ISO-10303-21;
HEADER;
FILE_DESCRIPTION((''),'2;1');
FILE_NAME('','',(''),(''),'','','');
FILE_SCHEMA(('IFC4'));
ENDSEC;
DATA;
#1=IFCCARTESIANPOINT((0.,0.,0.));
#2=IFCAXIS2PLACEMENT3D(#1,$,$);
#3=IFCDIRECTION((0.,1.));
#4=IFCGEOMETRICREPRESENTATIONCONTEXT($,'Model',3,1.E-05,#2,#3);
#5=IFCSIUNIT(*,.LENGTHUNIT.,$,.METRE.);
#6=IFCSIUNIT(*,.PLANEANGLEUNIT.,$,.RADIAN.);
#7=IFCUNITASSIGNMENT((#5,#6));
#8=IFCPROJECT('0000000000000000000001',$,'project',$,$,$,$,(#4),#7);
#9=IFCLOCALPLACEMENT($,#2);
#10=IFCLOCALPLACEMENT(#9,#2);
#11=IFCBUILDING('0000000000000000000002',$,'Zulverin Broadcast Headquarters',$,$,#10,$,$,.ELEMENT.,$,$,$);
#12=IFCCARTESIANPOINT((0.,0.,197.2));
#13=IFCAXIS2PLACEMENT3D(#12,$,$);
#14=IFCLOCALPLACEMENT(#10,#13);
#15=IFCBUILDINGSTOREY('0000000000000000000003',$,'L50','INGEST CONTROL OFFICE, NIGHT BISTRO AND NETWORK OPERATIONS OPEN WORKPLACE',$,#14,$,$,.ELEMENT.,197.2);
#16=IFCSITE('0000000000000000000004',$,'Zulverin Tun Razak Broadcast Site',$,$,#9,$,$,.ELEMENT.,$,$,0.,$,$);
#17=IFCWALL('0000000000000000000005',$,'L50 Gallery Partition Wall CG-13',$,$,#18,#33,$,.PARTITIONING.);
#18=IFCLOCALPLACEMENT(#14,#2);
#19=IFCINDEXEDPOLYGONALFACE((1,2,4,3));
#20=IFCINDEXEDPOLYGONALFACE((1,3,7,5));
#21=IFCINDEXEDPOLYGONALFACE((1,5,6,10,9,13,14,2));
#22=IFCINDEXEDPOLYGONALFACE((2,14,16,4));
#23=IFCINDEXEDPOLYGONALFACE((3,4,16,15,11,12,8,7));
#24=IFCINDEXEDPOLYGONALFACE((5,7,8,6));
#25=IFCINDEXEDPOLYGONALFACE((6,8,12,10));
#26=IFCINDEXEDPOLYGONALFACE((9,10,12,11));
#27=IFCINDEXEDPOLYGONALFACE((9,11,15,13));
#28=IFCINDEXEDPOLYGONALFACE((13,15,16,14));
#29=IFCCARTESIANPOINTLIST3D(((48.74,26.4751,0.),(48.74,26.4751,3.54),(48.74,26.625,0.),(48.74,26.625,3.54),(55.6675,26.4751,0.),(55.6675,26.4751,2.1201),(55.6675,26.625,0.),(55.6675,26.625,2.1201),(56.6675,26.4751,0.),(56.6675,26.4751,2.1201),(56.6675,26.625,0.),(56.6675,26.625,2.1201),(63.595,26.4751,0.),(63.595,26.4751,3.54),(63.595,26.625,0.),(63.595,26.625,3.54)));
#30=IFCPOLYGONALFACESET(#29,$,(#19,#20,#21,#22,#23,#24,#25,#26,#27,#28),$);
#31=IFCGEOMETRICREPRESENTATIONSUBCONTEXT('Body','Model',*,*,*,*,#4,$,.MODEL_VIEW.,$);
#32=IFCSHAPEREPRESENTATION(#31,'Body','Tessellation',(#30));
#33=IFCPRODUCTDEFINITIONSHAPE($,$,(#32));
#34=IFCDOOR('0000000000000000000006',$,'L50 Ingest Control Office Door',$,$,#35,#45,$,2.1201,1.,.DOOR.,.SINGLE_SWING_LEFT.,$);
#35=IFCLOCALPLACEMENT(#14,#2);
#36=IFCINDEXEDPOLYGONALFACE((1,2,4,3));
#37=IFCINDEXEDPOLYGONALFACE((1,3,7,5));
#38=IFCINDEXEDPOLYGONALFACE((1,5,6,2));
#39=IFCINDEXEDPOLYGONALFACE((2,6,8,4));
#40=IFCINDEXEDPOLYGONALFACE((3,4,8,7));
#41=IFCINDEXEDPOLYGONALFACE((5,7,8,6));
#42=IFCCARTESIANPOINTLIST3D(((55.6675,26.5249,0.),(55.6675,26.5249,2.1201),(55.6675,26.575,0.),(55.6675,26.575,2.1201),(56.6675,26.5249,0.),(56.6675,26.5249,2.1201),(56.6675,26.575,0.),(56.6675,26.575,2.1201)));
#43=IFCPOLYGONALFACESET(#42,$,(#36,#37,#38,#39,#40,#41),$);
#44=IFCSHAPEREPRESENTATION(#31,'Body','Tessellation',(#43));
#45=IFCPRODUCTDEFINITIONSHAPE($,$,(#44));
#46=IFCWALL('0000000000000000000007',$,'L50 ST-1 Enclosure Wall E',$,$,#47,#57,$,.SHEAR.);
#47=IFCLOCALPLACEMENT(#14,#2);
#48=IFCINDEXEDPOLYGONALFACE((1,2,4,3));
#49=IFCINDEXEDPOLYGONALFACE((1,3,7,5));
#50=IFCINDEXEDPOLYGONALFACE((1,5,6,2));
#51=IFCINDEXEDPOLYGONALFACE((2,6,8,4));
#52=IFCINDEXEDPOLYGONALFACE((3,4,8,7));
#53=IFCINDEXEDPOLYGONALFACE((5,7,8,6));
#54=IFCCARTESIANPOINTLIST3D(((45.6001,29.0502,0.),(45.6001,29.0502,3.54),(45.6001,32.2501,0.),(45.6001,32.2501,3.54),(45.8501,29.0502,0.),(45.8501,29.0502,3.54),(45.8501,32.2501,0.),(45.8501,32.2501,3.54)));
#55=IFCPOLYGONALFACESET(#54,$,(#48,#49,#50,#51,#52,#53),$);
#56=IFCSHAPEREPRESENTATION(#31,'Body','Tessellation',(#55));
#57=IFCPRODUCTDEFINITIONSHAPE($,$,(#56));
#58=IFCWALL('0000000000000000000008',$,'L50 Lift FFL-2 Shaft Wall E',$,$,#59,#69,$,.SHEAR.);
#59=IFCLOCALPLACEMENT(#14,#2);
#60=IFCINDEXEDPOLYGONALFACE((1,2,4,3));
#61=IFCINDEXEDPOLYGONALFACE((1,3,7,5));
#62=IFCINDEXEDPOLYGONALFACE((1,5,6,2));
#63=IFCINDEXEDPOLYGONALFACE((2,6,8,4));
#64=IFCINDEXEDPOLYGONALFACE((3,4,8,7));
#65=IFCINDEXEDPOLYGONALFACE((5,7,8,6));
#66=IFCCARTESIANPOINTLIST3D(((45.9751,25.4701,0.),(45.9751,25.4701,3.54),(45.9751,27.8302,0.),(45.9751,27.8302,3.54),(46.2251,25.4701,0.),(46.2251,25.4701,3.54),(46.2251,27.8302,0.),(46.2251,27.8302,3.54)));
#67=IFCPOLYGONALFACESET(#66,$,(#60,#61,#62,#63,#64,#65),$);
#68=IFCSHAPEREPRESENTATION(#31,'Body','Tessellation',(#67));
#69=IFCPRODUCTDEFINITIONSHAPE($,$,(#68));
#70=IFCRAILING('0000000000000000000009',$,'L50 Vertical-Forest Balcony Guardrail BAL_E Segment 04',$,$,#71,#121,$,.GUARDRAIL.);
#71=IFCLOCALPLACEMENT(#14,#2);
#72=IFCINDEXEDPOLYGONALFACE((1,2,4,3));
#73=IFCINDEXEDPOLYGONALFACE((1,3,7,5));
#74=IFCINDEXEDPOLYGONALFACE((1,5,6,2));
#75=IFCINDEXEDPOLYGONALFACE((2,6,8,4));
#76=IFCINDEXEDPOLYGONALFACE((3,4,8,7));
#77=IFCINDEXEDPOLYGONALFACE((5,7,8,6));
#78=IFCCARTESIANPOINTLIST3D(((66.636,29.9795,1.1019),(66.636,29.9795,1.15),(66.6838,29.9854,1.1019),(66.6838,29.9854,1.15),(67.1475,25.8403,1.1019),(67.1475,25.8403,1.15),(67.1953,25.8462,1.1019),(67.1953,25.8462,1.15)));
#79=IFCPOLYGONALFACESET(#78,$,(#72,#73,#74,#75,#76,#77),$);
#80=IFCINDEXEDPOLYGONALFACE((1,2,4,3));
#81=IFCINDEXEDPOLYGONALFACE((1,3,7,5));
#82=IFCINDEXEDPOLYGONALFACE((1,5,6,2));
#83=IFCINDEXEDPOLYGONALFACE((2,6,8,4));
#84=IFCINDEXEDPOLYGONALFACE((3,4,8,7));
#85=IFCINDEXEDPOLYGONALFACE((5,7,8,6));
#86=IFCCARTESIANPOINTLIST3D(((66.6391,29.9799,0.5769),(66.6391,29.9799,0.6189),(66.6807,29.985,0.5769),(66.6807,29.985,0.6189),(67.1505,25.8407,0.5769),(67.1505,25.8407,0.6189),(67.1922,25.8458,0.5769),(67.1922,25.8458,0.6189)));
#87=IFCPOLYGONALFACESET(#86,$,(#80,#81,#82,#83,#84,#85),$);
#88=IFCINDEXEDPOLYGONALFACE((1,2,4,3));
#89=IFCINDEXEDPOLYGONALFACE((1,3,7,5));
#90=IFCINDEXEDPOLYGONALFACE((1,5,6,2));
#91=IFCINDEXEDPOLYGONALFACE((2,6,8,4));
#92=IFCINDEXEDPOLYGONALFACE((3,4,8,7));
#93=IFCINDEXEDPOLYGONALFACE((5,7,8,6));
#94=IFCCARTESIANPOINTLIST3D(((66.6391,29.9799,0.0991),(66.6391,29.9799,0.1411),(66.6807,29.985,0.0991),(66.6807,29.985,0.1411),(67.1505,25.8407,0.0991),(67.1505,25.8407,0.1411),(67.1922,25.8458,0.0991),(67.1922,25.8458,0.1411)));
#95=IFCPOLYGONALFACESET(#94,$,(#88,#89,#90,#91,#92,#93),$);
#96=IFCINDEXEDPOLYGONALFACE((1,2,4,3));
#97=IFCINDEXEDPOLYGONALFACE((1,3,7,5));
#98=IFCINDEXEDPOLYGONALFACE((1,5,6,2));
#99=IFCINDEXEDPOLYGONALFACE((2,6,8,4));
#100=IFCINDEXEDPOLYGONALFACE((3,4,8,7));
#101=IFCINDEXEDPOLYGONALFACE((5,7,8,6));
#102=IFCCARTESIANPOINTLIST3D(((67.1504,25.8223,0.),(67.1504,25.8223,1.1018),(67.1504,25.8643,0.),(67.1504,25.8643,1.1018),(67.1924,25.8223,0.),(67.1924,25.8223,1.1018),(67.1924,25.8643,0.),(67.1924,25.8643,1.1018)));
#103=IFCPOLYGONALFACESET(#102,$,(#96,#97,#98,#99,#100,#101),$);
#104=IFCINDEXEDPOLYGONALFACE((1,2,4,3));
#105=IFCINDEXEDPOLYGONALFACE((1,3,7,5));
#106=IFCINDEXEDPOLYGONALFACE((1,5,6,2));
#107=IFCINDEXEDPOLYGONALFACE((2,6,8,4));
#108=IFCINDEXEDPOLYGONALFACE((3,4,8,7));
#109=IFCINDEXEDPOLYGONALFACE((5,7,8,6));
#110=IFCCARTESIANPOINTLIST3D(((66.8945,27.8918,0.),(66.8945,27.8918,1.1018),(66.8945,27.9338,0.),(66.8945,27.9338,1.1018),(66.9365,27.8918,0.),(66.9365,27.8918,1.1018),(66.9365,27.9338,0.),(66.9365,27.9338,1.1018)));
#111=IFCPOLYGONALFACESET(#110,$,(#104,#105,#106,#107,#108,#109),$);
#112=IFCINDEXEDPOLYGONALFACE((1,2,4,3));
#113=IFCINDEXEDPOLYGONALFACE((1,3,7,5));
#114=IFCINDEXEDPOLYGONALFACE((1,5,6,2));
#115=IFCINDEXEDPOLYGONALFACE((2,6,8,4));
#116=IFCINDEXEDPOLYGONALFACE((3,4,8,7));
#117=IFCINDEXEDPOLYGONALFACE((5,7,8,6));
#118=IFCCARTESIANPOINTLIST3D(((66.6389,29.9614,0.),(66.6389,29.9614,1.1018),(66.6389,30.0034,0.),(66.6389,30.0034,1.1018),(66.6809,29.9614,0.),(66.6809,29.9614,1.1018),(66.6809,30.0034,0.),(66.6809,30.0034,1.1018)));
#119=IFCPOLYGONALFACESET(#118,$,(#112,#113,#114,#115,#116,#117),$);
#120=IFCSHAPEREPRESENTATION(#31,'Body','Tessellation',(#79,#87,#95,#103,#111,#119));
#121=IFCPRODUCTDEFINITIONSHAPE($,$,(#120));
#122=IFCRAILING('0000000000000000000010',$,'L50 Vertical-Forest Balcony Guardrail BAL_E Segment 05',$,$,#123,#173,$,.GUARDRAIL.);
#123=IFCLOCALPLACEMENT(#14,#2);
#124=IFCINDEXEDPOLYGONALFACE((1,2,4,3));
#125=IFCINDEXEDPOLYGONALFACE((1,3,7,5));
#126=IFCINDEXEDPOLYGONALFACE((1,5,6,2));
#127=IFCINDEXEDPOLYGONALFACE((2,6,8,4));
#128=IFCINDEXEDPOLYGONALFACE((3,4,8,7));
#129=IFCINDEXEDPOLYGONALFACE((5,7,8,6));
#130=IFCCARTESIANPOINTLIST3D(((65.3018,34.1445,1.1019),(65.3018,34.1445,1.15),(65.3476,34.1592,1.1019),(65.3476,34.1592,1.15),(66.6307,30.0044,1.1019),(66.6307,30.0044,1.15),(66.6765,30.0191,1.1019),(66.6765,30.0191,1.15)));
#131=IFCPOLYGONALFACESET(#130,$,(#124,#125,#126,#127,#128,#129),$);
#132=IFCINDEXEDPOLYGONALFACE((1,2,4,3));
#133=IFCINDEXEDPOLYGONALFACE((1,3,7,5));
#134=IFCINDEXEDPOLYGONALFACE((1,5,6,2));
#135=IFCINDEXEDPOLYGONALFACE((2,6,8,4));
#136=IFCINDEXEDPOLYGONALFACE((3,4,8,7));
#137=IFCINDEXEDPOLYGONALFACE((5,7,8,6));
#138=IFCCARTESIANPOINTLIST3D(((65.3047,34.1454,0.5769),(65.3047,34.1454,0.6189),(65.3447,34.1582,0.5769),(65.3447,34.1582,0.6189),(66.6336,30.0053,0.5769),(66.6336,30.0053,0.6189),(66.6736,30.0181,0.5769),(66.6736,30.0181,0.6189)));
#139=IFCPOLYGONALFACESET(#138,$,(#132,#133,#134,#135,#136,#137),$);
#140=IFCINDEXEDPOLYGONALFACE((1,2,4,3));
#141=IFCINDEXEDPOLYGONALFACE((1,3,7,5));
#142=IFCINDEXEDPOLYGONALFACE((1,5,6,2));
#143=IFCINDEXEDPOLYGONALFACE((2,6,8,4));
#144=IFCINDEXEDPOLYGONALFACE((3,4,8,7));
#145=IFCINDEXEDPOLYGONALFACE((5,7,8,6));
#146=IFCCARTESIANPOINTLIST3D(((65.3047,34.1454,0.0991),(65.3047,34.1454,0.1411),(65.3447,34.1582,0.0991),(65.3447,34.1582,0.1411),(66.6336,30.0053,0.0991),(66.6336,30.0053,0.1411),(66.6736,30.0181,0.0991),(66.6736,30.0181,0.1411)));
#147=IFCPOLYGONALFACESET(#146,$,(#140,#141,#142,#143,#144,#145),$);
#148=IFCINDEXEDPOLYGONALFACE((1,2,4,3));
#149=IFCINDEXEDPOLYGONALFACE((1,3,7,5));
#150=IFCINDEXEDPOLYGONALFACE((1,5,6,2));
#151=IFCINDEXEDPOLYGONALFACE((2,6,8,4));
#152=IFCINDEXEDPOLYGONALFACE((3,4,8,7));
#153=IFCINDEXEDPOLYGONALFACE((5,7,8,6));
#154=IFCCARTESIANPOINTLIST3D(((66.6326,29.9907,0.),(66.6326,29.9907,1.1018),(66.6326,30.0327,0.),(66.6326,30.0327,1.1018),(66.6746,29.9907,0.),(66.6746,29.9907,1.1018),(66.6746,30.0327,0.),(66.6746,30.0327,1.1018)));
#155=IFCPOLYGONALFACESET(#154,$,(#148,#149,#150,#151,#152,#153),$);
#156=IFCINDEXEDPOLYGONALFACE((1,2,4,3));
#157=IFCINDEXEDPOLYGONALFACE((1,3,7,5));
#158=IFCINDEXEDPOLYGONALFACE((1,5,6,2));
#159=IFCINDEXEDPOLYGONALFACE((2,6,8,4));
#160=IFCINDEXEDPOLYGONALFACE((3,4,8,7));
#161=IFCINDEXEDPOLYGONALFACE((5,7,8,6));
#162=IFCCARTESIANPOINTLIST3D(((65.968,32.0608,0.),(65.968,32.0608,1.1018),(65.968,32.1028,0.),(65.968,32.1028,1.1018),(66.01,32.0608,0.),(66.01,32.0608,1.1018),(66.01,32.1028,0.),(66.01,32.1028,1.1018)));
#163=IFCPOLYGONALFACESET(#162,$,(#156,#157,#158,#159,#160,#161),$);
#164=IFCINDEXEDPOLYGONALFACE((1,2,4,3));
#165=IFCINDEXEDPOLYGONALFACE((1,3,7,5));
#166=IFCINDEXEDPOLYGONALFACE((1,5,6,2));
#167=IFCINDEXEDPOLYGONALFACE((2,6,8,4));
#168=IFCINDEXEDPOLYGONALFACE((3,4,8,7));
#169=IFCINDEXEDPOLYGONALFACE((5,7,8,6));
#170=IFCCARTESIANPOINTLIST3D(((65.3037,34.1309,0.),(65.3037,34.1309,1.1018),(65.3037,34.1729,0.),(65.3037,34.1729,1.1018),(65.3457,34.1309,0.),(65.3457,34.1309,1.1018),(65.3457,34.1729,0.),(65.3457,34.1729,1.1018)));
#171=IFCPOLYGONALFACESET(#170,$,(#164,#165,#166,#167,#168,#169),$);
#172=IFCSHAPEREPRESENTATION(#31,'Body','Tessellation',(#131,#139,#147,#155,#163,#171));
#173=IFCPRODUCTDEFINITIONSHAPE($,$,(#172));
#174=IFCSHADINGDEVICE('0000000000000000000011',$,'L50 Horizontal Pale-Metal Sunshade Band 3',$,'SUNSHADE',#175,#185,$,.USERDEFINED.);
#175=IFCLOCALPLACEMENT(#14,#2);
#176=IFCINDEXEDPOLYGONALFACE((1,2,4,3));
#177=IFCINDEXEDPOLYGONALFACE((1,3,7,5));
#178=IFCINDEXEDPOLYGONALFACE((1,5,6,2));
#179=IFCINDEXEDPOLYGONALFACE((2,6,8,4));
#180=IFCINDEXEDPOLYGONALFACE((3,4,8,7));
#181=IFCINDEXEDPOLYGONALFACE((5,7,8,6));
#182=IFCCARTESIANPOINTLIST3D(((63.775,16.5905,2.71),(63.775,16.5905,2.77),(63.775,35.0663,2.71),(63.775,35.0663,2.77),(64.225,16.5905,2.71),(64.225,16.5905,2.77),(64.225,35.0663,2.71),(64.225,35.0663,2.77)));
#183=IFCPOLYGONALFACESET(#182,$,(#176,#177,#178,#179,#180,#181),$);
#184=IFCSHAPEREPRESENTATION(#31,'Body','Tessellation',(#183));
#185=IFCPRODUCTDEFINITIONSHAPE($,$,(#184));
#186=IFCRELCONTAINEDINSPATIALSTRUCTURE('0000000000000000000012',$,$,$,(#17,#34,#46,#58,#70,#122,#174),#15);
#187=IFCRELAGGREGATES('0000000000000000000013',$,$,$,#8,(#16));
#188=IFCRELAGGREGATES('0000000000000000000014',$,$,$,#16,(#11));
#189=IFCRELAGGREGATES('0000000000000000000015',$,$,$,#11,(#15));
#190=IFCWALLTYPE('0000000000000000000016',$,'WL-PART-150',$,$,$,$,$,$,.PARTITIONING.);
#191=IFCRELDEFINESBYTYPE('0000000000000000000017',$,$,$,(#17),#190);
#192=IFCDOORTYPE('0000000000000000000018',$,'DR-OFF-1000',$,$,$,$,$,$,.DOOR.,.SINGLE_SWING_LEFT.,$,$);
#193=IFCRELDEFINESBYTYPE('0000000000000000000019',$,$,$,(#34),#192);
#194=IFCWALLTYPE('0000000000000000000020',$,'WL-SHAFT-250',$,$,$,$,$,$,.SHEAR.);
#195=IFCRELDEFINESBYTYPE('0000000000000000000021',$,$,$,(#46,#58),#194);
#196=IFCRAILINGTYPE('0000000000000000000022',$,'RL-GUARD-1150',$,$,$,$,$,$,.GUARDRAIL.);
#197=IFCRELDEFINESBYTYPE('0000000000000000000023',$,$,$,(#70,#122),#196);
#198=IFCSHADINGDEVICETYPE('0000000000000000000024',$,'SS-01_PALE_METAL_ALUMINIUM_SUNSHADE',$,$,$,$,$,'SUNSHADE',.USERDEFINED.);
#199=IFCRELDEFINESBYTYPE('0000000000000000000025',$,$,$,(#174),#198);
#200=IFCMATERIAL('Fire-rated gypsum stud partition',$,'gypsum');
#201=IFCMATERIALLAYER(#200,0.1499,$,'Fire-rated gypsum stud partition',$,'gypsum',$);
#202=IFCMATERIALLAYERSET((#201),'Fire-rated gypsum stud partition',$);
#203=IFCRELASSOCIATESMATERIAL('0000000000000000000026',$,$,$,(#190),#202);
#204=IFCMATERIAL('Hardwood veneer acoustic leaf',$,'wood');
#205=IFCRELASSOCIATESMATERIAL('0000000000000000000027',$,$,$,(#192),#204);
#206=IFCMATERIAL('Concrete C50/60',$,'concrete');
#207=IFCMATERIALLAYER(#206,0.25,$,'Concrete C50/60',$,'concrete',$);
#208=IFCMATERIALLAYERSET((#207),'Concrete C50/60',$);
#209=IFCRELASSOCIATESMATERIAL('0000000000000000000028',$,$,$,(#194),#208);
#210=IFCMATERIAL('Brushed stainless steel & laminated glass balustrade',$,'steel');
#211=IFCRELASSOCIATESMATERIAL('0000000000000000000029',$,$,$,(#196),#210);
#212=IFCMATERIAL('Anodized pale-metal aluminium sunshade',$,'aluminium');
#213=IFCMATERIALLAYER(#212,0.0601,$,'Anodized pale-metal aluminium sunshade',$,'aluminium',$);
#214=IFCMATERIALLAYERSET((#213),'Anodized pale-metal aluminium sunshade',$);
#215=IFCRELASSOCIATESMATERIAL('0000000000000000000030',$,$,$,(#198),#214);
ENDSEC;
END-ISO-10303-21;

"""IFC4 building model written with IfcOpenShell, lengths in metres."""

from ifc_helpers import new_model, si_unit, direction, frame, frame_2d, origin, origin_2d, place, context, subcontext, project, spatial, rectangle, extrude, material, layer, layer_set, type_object, element, fill, save


model = new_model("IFC4")

# Units and contexts
model_context = context("Model", 3, precision=1e-05, world=origin(), true_north=direction((0.0, 1.0)))
body_context = subcontext(model_context, "Body", "Model", "MODEL_VIEW")
ifc_project = project(units=[si_unit("LENGTHUNIT", "METRE"), si_unit("PLANEANGLEUNIT", "RADIAN")], contexts=[model_context])

# Site, building, storey
site_placement = place(None, origin())
site = spatial("IfcSite", under=ifc_project, at=site_placement, Name="Zulverin Tun Razak Broadcast Site", CompositionType="ELEMENT", RefElevation=0.0)
building_placement = place(site_placement, origin())
building = spatial("IfcBuilding", under=site, at=building_placement, Name="Zulverin Broadcast Headquarters", CompositionType="ELEMENT")
storey_placement = place(building_placement, frame((0.0, 0.0, 197.2)))
storey = spatial("IfcBuildingStorey", under=building, at=storey_placement, Name="L50", Description="INGEST CONTROL OFFICE, NIGHT BISTRO AND NETWORK OPERATIONS OPEN WORKPLACE", CompositionType="ELEMENT", Elevation=197.2)

# Shared definitions
ifc_material_1 = material(Name="Concrete C50/60", Category="concrete")

# Wall, opening, door
ifc_material_2 = material(Name="Fire-rated gypsum stud partition", Category="gypsum")
ifc_layer_1 = layer(ifc_material_2, 0.1499, Name="Fire-rated gypsum stud partition", Category="gypsum")
ifc_layer_set_1 = layer_set([ifc_layer_1], Name="Fire-rated gypsum stud partition")
wall_type_1 = type_object("IfcWallType", Name="WL-PART-150", PredefinedType="PARTITIONING", material=ifc_layer_set_1)
wall_1_placement = place(storey_placement, frame((48.74, 26.55, 0.0), z_axis=(0.0, 0.0, 1.0), x_axis=(1.0, 0.0, 0.0)))
wall_1 = element("IfcWall", 1, at=wall_1_placement, inside=storey, type_object=wall_type_1, Name="L50 Gallery Partition Wall CG-13", PredefinedType="PARTITIONING", context=body_context, shape_type="SweptSolid", body=[
    extrude(rectangle(XDim=14.855, YDim=0.1499, at=frame_2d((7.4275, 0.0))), origin(), (0.0, 0.0, 1.0), 3.54),
])
opening_placement = place(wall_1_placement, frame((6.9275, 0.0, 0.0)))
opening = element("IfcOpeningElement", 2, at=opening_placement, cuts=wall_1, PredefinedType="OPENING", context=body_context, shape_type="SweptSolid", body=[
    extrude(rectangle(XDim=1.0, YDim=2.1201, at=frame_2d((0.5, 1.0601))), frame((0.0, 0.085, 0.0), z_axis=(0.0, -1.0, 0.0), x_axis=(1.0, 0.0, 0.0)), (0.0, 0.0, 1.0), 0.1699),
])
ifc_material_3 = material(Name="Hardwood veneer acoustic leaf", Category="wood")
door_type = type_object("IfcDoorType", Name="DR-OFF-1000", OperationType="SINGLE_SWING_LEFT", PredefinedType="DOOR", material=ifc_material_3)
door_placement = place(opening_placement, origin())
door = element("IfcDoor", 3, at=door_placement, inside=storey, type_object=door_type, Name="L50 Ingest Control Office Door", OperationType="SINGLE_SWING_LEFT", OverallHeight=2.1201, OverallWidth=1.0, PredefinedType="DOOR", context=body_context, shape_type="SweptSolid", body=[
    extrude(rectangle(XDim=1.0, YDim=2.1201, at=frame_2d((0.5, 1.0601))), frame((0.0, 0.0249, 0.0), z_axis=(0.0, -1.0, 0.0), x_axis=(1.0, 0.0, 0.0)), (0.0, 0.0, 1.0), 0.05),
])
fill(opening, door)

# Walls
ifc_layer_2 = layer(ifc_material_1, 0.25, Name="Concrete C50/60", Category="concrete")
ifc_layer_set_2 = layer_set([ifc_layer_2], Name="Concrete C50/60")
wall_type_2 = type_object("IfcWallType", Name="WL-SHAFT-250", PredefinedType="SHEAR", material=ifc_layer_set_2)
wall_2_placement = place(storey_placement, frame((45.7251, 29.05, 0.0), z_axis=(0.0, 0.0, 1.0), x_axis=(0.0, 1.0, 0.0)))
element("IfcWall", 4, at=wall_2_placement, inside=storey, type_object=wall_type_2, Name="L50 ST-1 Enclosure Wall E", PredefinedType="SHEAR", context=body_context, shape_type="SweptSolid", body=[
    extrude(rectangle(XDim=3.2, YDim=0.25, at=frame_2d((1.6001, 0.0))), origin(), (0.0, 0.0, 1.0), 3.54),
])
wall_3_placement = place(storey_placement, frame((46.1001, 25.47, 0.0), z_axis=(0.0, 0.0, 1.0), x_axis=(0.0, 1.0, 0.0)))
element("IfcWall", 5, at=wall_3_placement, inside=storey, type_object=wall_type_2, Name="L50 Lift FFL-2 Shaft Wall E", PredefinedType="SHEAR", context=body_context, shape_type="SweptSolid", body=[
    extrude(rectangle(XDim=2.3601, YDim=0.25, at=frame_2d((1.1802, 0.0))), origin(), (0.0, 0.0, 1.0), 3.54),
])

# Railings
ifc_material_4 = material(Name="Brushed stainless steel & laminated glass balustrade", Category="steel")
railing_type = type_object("IfcRailingType", Name="RL-GUARD-1150", PredefinedType="GUARDRAIL", material=ifc_material_4)
railing_1_placement = place(storey_placement, frame((67.1714, 25.8433, 0.0)))
element("IfcRailing", 6, at=railing_1_placement, inside=storey, type_object=railing_type, Name="L50 Vertical-Forest Balcony Guardrail BAL_E Segment 04", PredefinedType="GUARDRAIL", context=body_context, shape_type="SweptSolid", body=[
    extrude(rectangle(XDim=0.0481, YDim=0.0481, at=origin_2d()), frame((0.0, 0.0, 1.126), z_axis=(-0.122637, 0.992452, 0.0), x_axis=(-0.992452, -0.122637, 0.0)), (0.0, 0.0, 1.0), 4.1707),
    extrude(rectangle(XDim=0.042, YDim=0.042, at=origin_2d()), frame((0.0, 0.0, 0.5979), z_axis=(-0.122637, 0.992452, 0.0), x_axis=(-0.992452, -0.122637, 0.0)), (0.0, 0.0, 1.0), 4.1707),
    extrude(rectangle(XDim=0.042, YDim=0.042, at=origin_2d()), frame((0.0, 0.0, 0.1201), z_axis=(-0.122637, 0.992452, 0.0), x_axis=(-0.992452, -0.122637, 0.0)), (0.0, 0.0, 1.0), 4.1707),
    extrude(rectangle(XDim=0.042, YDim=0.042, at=origin_2d()), origin(), (0.0, 0.0, 1.0), 1.1018),
    extrude(rectangle(XDim=0.042, YDim=0.042, at=origin_2d()), frame((-0.2559, 2.0696, 0.0)), (0.0, 0.0, 1.0), 1.1018),
    extrude(rectangle(XDim=0.042, YDim=0.042, at=origin_2d()), frame((-0.5115, 4.1392, 0.0)), (0.0, 0.0, 1.0), 1.1018),
])
railing_2_placement = place(storey_placement, frame((66.6536, 30.0117, 0.0)))
element("IfcRailing", 7, at=railing_2_placement, inside=storey, type_object=railing_type, Name="L50 Vertical-Forest Balcony Guardrail BAL_E Segment 05", PredefinedType="GUARDRAIL", context=body_context, shape_type="SweptSolid", body=[
    extrude(rectangle(XDim=0.0481, YDim=0.0481, at=origin_2d()), frame((0.0, 0.0, 1.126), z_axis=(-0.305613, 0.952156, 0.0), x_axis=(-0.952156, -0.305613, 0.0)), (0.0, 0.0, 1.0), 4.3481),
    extrude(rectangle(XDim=0.042, YDim=0.042, at=origin_2d()), frame((0.0, 0.0, 0.5979), z_axis=(-0.305613, 0.952156, 0.0), x_axis=(-0.952156, -0.305613, 0.0)), (0.0, 0.0, 1.0), 4.3481),
    extrude(rectangle(XDim=0.042, YDim=0.042, at=origin_2d()), frame((0.0, 0.0, 0.1201), z_axis=(-0.305613, 0.952156, 0.0), x_axis=(-0.952156, -0.305613, 0.0)), (0.0, 0.0, 1.0), 4.3481),
    extrude(rectangle(XDim=0.042, YDim=0.042, at=origin_2d()), origin(), (0.0, 0.0, 1.0), 1.1018),
    extrude(rectangle(XDim=0.042, YDim=0.042, at=origin_2d()), frame((-0.6646, 2.0701, 0.0)), (0.0, 0.0, 1.0), 1.1018),
    extrude(rectangle(XDim=0.042, YDim=0.042, at=origin_2d()), frame((-1.3289, 4.1401, 0.0)), (0.0, 0.0, 1.0), 1.1018),
])

# Shading device
ifc_material_5 = material(Name="Anodized pale-metal aluminium sunshade", Category="aluminium")
ifc_layer_3 = layer(ifc_material_5, 0.0601, Name="Anodized pale-metal aluminium sunshade", Category="aluminium")
ifc_layer_set_3 = layer_set([ifc_layer_3], Name="Anodized pale-metal aluminium sunshade")
shading_device_type = type_object("IfcShadingDeviceType", Name="SS-01_PALE_METAL_ALUMINIUM_SUNSHADE", ElementType="SUNSHADE", PredefinedType="USERDEFINED", material=ifc_layer_set_3)
shading_device_placement = place(storey_placement, frame((64.0, 25.8284, 2.71), z_axis=(0.0, 0.0, 1.0), x_axis=(0.0, 1.0, 0.0)))
element("IfcShadingDevice", 8, at=shading_device_placement, inside=storey, type_object=shading_device_type, Name="L50 Horizontal Pale-Metal Sunshade Band 3", ObjectType="SUNSHADE", PredefinedType="USERDEFINED", context=body_context, shape_type="SweptSolid", body=[
    extrude(rectangle(XDim=18.4758, YDim=0.45, at=origin_2d()), origin(), (0.0, 0.0, 1.0), 0.0601),
])

save(model, "model.ifc")
